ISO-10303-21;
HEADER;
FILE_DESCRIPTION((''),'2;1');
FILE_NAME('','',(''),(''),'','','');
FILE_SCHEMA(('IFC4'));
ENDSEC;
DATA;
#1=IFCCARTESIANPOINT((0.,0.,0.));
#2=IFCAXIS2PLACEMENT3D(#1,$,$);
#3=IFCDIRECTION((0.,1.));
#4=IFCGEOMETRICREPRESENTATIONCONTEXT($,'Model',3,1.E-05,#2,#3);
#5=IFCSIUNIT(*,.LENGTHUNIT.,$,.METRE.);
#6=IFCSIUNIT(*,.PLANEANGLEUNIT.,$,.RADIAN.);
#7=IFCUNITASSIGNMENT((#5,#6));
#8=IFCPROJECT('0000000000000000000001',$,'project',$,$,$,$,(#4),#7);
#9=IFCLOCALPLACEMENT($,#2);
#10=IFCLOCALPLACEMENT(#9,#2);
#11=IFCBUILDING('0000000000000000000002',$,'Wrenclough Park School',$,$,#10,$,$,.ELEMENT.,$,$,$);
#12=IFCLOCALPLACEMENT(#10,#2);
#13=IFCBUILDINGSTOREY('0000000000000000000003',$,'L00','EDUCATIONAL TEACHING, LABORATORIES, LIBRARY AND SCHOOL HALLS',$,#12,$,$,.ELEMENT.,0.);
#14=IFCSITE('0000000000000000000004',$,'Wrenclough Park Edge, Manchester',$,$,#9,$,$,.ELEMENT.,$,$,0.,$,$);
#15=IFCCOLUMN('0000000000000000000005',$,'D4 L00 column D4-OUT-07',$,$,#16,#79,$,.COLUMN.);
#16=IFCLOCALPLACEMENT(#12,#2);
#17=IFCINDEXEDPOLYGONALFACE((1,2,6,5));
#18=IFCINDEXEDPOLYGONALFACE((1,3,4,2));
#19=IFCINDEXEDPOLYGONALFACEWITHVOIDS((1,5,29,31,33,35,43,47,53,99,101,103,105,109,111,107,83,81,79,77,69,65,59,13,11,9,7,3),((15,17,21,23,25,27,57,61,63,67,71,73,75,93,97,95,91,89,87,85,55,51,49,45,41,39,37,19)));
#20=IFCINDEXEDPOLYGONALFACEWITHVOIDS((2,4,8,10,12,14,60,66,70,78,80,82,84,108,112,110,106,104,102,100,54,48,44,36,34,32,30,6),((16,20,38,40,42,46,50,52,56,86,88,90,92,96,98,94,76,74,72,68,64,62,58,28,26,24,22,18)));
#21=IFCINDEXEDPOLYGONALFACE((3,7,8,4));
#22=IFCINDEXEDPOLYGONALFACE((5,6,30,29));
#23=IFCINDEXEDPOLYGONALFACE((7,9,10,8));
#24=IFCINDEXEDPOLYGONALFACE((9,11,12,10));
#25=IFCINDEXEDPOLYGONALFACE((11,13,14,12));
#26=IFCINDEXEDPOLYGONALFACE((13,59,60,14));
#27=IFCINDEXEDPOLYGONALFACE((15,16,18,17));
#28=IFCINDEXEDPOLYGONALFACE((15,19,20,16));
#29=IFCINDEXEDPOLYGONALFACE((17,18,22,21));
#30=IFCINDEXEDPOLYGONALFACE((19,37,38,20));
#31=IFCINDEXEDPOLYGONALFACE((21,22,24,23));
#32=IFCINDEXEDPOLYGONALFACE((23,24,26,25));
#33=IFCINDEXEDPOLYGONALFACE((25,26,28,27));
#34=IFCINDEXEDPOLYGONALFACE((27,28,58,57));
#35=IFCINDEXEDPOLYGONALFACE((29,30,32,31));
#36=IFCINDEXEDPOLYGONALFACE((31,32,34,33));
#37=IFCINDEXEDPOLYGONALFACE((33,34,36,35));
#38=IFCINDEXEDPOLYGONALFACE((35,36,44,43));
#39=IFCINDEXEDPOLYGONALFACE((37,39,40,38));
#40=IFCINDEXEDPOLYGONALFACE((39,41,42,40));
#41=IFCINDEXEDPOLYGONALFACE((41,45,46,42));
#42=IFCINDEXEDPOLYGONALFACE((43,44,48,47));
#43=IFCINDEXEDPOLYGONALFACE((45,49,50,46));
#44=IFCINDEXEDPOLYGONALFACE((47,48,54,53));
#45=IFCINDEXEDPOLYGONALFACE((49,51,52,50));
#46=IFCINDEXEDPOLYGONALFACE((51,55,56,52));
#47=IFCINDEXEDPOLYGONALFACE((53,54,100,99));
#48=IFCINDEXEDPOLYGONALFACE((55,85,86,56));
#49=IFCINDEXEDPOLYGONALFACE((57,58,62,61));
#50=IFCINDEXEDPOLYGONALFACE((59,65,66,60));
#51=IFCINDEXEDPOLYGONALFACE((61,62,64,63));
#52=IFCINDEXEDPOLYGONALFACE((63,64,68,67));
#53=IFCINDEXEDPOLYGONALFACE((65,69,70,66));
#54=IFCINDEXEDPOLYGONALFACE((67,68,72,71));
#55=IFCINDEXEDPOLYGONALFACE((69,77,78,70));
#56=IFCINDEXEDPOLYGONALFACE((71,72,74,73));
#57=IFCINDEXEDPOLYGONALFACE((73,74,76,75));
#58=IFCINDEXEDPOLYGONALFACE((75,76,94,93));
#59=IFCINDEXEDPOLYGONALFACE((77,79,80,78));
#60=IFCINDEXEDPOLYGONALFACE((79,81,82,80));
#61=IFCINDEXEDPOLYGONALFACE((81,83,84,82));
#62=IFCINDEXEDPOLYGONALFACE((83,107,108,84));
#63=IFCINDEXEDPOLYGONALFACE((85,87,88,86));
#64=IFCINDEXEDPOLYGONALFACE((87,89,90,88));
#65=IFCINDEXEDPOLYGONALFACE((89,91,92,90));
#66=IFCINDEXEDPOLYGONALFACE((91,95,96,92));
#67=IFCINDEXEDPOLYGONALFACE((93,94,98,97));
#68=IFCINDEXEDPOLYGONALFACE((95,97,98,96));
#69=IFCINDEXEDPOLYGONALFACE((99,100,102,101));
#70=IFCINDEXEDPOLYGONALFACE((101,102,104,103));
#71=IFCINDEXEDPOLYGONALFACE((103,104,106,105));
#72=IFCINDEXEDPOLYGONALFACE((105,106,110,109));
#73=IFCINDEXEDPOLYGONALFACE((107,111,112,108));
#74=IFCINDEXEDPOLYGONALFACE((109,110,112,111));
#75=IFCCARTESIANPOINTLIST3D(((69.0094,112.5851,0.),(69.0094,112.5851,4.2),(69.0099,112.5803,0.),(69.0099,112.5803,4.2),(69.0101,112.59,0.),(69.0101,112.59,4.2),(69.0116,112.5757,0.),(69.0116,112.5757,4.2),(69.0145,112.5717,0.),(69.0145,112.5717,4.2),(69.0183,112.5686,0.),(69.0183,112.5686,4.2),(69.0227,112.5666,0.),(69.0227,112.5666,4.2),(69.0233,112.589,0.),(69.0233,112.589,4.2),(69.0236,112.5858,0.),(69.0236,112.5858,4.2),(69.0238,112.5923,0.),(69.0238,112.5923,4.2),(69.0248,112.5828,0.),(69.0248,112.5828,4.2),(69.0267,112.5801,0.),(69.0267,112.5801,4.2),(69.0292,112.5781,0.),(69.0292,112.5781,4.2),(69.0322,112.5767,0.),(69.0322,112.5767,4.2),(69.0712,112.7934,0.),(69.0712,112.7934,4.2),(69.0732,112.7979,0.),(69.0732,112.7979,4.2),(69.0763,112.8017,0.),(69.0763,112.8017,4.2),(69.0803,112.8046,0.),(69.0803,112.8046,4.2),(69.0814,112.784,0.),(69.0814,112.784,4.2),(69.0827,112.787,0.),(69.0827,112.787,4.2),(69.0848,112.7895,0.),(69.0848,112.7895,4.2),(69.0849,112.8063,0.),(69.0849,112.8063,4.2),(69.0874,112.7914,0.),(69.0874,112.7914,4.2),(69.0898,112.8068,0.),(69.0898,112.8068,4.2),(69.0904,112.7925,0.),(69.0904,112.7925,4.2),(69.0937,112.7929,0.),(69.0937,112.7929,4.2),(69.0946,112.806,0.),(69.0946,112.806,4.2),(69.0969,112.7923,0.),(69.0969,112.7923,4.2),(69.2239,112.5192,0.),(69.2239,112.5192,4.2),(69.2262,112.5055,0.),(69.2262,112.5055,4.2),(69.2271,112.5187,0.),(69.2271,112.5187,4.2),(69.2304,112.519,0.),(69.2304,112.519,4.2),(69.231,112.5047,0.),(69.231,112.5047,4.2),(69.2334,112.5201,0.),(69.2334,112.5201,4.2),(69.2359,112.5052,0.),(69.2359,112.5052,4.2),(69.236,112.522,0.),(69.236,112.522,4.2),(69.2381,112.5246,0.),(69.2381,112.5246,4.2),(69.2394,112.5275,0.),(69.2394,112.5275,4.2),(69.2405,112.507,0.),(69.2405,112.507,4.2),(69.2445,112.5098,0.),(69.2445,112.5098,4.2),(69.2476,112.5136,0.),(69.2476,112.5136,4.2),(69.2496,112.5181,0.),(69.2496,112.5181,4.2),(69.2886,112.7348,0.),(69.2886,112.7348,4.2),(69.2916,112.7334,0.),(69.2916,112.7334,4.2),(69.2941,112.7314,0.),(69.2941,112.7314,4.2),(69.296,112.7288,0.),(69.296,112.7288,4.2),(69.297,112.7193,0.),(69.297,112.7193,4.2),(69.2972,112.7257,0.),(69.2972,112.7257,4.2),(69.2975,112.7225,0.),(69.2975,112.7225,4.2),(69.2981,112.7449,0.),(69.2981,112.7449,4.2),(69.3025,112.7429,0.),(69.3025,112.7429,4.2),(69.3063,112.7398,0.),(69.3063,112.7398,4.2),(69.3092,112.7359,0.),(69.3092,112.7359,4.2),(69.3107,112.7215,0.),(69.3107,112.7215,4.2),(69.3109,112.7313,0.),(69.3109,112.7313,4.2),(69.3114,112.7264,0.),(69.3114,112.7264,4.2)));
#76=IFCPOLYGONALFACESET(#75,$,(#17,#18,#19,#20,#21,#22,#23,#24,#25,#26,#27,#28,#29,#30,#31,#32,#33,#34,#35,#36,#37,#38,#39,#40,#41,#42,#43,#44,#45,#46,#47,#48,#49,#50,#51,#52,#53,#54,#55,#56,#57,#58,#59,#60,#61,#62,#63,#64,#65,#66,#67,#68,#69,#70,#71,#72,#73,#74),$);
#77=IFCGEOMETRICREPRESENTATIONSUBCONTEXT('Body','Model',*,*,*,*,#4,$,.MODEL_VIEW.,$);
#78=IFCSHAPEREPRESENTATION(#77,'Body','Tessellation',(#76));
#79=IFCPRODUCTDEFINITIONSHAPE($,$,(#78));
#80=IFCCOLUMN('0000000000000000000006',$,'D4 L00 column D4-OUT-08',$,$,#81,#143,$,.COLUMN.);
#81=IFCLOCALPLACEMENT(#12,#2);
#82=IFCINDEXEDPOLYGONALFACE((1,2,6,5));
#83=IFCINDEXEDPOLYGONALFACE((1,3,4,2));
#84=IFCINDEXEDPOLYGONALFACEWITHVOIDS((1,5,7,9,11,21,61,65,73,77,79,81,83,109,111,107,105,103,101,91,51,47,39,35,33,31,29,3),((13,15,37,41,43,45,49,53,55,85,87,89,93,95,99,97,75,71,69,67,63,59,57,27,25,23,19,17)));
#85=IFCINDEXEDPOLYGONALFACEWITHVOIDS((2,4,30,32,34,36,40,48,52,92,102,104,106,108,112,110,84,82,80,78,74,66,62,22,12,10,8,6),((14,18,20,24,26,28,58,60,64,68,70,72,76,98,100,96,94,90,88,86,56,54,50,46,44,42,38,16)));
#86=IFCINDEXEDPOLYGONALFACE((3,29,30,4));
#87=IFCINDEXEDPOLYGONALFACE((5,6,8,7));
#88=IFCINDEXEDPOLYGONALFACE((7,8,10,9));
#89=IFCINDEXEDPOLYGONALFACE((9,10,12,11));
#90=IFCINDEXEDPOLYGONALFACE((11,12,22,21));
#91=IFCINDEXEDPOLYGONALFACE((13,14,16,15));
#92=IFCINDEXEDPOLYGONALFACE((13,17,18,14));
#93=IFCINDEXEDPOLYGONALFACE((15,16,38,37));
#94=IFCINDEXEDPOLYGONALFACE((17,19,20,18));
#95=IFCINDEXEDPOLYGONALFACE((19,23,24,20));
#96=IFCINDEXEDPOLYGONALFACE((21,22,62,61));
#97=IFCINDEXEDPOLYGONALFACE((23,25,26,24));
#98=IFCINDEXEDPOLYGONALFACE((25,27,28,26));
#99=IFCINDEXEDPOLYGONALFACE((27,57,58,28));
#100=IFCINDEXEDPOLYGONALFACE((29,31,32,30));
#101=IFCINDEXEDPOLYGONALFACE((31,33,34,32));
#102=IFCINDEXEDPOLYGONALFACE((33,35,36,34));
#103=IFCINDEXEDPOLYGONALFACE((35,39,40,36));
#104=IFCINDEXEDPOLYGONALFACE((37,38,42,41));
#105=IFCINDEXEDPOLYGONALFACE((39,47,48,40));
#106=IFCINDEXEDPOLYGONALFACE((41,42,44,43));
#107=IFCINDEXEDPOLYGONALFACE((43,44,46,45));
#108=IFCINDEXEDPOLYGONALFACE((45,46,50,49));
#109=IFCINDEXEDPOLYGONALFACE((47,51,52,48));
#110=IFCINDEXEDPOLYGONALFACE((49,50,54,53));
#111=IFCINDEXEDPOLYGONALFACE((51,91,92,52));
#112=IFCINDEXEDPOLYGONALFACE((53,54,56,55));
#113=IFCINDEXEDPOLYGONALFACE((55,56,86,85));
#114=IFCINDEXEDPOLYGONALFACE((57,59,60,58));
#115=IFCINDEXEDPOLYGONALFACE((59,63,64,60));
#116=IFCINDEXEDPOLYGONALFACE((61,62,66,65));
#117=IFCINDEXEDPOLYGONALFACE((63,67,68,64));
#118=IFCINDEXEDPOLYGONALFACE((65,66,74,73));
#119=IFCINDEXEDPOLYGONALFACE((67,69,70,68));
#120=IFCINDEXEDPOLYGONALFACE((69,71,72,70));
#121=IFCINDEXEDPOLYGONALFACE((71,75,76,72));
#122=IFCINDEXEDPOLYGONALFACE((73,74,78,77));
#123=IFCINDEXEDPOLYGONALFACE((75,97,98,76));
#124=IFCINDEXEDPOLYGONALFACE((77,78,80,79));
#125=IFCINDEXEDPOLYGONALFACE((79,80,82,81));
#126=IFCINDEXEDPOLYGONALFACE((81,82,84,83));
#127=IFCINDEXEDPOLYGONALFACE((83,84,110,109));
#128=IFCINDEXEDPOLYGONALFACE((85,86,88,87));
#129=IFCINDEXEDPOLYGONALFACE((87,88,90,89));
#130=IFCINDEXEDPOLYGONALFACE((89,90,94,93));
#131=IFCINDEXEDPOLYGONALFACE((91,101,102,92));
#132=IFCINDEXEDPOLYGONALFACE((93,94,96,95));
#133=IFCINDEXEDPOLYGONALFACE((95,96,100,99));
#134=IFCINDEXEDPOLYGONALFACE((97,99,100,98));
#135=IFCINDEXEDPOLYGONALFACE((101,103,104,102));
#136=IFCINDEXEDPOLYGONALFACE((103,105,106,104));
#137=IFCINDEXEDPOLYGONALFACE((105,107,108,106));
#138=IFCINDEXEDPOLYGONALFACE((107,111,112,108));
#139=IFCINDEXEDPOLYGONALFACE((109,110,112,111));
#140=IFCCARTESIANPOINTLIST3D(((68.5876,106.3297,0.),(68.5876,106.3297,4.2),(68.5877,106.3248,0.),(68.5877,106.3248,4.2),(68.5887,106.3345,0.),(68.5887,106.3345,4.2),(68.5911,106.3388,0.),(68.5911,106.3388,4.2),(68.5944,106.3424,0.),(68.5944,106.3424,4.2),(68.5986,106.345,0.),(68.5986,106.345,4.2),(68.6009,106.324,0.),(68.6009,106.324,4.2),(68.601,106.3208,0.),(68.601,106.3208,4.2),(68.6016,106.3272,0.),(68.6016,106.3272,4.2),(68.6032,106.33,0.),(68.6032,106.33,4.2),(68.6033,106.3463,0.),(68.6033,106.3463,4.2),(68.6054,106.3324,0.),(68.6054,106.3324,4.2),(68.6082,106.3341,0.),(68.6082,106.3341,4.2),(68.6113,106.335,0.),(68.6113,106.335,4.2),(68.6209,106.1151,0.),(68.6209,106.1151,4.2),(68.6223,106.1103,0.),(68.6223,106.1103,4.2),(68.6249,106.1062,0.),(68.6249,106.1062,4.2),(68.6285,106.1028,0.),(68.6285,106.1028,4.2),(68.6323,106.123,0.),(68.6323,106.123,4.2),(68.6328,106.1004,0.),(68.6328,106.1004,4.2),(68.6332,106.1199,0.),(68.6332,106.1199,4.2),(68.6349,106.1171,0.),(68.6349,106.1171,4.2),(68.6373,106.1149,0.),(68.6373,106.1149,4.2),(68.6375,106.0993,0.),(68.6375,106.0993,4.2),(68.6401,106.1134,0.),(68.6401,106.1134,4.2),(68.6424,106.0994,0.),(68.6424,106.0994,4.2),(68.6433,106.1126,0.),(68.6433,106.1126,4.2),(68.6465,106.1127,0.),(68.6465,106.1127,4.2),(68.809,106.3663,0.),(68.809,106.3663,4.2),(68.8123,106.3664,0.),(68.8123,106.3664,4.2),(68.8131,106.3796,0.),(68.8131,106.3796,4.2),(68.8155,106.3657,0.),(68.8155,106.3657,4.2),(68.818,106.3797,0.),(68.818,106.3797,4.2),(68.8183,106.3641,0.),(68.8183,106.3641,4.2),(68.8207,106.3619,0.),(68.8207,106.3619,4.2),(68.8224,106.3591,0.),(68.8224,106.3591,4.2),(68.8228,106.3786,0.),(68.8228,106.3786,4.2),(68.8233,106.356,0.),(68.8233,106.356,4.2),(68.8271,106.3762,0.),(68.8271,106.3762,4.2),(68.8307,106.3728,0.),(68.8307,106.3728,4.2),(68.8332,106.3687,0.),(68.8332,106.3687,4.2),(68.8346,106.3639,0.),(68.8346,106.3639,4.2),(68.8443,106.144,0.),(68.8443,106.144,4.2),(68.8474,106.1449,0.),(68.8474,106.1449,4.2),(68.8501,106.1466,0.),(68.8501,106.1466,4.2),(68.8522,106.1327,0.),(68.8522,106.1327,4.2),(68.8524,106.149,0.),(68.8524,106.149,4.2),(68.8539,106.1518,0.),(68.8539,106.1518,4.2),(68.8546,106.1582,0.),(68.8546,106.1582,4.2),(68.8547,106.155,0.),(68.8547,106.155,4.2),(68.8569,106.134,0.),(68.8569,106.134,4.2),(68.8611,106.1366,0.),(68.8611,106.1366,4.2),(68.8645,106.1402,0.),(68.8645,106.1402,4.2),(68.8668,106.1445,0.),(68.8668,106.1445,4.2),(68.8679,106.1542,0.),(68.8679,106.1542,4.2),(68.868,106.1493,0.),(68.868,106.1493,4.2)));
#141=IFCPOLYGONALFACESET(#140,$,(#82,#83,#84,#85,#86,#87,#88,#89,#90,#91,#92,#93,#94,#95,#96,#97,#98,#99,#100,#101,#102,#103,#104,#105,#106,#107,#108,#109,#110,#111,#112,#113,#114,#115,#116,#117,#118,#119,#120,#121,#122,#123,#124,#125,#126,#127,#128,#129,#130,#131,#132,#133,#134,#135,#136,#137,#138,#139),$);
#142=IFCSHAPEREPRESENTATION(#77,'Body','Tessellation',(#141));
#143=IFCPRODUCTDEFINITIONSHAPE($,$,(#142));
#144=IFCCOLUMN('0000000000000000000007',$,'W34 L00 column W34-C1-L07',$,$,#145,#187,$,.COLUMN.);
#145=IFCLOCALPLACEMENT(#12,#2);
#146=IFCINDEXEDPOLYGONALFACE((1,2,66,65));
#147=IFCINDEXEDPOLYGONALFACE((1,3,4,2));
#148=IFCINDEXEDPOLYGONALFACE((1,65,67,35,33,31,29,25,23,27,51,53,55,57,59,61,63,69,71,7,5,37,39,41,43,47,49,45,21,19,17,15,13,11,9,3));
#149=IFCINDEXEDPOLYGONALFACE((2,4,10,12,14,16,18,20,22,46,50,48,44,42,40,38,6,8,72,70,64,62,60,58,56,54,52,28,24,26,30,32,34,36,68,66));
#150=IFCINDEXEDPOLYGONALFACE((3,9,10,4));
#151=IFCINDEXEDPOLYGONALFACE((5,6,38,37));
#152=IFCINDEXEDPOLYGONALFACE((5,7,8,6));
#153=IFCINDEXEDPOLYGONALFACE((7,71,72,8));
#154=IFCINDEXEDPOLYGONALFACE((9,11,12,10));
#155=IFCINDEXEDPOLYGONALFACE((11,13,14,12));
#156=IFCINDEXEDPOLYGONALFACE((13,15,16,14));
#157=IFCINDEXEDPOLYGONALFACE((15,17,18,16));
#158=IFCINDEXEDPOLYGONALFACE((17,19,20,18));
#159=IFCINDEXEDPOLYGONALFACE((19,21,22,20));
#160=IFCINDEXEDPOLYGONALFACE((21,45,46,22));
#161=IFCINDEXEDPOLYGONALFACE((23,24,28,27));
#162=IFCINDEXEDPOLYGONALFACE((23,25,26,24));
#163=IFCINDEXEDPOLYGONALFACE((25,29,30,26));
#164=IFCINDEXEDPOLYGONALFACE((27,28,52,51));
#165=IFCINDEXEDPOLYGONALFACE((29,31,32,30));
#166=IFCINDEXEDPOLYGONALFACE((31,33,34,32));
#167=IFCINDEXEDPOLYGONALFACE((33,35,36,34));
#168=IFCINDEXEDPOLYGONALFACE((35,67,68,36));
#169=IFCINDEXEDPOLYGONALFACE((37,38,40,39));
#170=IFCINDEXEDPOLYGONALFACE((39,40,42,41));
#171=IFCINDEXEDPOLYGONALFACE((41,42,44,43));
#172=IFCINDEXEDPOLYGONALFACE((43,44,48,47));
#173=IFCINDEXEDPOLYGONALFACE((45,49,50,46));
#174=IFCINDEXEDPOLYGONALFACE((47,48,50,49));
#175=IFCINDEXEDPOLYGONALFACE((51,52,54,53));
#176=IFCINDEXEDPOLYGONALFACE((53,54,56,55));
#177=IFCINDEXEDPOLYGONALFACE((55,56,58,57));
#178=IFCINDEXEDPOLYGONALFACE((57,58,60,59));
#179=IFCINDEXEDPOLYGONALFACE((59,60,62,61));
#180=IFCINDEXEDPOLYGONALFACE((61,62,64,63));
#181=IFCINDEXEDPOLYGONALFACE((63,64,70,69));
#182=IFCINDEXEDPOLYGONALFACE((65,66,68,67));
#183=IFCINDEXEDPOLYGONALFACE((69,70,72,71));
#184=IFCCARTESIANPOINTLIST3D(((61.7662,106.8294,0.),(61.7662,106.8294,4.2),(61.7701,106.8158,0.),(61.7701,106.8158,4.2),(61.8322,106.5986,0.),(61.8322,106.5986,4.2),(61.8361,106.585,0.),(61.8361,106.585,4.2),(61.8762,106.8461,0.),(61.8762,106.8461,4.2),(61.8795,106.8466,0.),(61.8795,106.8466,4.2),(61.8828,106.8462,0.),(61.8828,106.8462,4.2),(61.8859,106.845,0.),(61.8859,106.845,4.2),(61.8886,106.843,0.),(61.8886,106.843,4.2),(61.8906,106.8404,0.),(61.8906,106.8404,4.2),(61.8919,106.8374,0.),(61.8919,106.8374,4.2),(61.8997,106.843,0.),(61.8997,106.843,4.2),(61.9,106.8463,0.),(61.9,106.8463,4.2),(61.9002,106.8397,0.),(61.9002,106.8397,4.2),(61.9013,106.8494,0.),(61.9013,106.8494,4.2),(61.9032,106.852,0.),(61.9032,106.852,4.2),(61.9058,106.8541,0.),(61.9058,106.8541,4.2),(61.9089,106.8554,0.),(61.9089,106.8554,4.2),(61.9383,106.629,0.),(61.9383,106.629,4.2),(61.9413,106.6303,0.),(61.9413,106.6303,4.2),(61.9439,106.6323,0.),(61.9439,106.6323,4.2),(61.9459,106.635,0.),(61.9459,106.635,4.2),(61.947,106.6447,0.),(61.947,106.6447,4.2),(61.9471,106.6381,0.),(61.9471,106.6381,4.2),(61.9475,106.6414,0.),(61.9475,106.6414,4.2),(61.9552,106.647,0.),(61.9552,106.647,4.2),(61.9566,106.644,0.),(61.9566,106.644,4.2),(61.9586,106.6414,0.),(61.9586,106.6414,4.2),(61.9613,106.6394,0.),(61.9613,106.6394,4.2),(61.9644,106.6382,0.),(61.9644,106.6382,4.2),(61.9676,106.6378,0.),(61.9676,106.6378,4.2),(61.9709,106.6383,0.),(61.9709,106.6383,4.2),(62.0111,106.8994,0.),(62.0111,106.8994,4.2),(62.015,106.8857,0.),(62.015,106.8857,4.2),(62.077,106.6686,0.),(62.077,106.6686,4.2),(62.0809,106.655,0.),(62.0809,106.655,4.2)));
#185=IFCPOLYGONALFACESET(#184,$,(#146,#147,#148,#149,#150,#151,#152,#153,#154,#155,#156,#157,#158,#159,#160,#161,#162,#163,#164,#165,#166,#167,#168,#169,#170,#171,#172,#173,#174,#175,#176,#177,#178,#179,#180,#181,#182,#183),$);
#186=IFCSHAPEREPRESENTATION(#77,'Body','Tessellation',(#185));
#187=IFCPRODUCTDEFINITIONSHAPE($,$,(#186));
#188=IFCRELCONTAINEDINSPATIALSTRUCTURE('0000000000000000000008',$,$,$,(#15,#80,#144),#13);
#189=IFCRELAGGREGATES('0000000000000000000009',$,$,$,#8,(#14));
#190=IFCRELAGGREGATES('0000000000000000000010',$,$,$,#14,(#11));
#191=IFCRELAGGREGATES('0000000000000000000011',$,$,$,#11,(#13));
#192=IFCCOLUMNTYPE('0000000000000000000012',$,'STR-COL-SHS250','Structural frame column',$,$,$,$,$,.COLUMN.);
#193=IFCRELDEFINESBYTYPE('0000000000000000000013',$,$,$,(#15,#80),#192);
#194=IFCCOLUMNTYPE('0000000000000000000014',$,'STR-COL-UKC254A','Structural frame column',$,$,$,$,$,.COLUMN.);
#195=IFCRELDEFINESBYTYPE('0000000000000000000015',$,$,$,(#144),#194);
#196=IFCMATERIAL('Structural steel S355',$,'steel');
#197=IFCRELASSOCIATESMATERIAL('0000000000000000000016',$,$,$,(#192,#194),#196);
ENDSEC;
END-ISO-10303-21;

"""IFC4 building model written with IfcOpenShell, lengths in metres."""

from ifc_helpers import new_model, si_unit, direction, frame, origin, origin_2d, place, context, subcontext, project, spatial, hollow_rectangle, i_section, extrude, material, material_profile, profile_set, type_object, element, save


model = new_model("IFC4")

# Units and contexts
model_context = context("Model", 3, precision=1e-05, world=origin(), true_north=direction((0.0, 1.0)))
body_context = subcontext(model_context, "Body", "Model", "MODEL_VIEW")
ifc_project = project(units=[si_unit("LENGTHUNIT", "METRE"), si_unit("PLANEANGLEUNIT", "RADIAN")], contexts=[model_context])

# Site, building, storey
site_placement = place(None, origin())
site = spatial("IfcSite", under=ifc_project, at=site_placement, Name="Wrenclough Park Edge, Manchester", CompositionType="ELEMENT", RefElevation=0.0)
building_placement = place(site_placement, origin())
building = spatial("IfcBuilding", under=site, at=building_placement, Name="Wrenclough Park School", CompositionType="ELEMENT")
storey_placement = place(building_placement, origin())
storey = spatial("IfcBuildingStorey", under=building, at=storey_placement, Name="L00", Description="EDUCATIONAL TEACHING, LABORATORIES, LIBRARY AND SCHOOL HALLS", CompositionType="ELEMENT", Elevation=0.0)

# Columns
ifc_material_1 = material(Name="Structural steel S355", Category="steel")
ifc_material_profile_1 = material_profile(ifc_material_1, hollow_rectangle(XDim=0.25, YDim=0.25, WallThickness=0.0125, InnerFilletRadius=0.0125, OuterFilletRadius=0.0188, at=origin_2d()), Name="SHS 250x250x12.5")
ifc_profile_set_1 = profile_set([ifc_material_profile_1], Name="Structural steel S355")
column_type_1 = type_object("IfcColumnType", Name="STR-COL-SHS250", Description="Structural frame column", PredefinedType="COLUMN", material=ifc_profile_set_1)
for number, where, z_axis, x_axis, name in (
    (1, (69.1604, 112.6558, 0.0), (0.0, 0.0, 1.0), (-0.287528, -0.957772, 0.0), "D4 L00 column D4-OUT-07"),
    (2, (68.7278, 106.2395, 0.0), (0.0, 0.0, 1.0), (0.156434, -0.987688, 0.0), "D4 L00 column D4-OUT-08"),
):
    element("IfcColumn", number, at=place(storey_placement, frame(where, z_axis=z_axis, x_axis=x_axis)), inside=storey, type_object=column_type_1, Name=name, PredefinedType="COLUMN", context=body_context, shape_type="SweptSolid", body=[
        extrude(hollow_rectangle(XDim=0.25, YDim=0.25, WallThickness=0.0125, InnerFilletRadius=0.0125, OuterFilletRadius=0.0188, at=origin_2d()), origin(), (0.0, 0.0, 1.0), 4.2),
    ])
ifc_material_profile_2 = material_profile(ifc_material_1, i_section(OverallWidth=0.2546, OverallDepth=0.2542, WebThickness=0.0085, FlangeThickness=0.0142, FilletRadius=0.0127, at=origin_2d()), Name="UKC 254x254x73")
ifc_profile_set_2 = profile_set([ifc_material_profile_2], Name="Structural steel S355")
column_type_2 = type_object("IfcColumnType", Name="STR-COL-UKC254A", Description="Structural frame column", PredefinedType="COLUMN", material=ifc_profile_set_2)
column_placement = place(storey_placement, frame((61.9236, 106.7422, 0.0), z_axis=(0.0, 0.0, 1.0), x_axis=(0.961502, 0.274798, 0.0)))
element("IfcColumn", 3, at=column_placement, inside=storey, type_object=column_type_2, Name="W34 L00 column W34-C1-L07", PredefinedType="COLUMN", context=body_context, shape_type="SweptSolid", body=[
    extrude(i_section(OverallWidth=0.2546, OverallDepth=0.2542, WebThickness=0.0085, FlangeThickness=0.0142, FilletRadius=0.0127, at=origin_2d()), origin(), (0.0, 0.0, 1.0), 4.2),
])

save(model, "model.ifc")
